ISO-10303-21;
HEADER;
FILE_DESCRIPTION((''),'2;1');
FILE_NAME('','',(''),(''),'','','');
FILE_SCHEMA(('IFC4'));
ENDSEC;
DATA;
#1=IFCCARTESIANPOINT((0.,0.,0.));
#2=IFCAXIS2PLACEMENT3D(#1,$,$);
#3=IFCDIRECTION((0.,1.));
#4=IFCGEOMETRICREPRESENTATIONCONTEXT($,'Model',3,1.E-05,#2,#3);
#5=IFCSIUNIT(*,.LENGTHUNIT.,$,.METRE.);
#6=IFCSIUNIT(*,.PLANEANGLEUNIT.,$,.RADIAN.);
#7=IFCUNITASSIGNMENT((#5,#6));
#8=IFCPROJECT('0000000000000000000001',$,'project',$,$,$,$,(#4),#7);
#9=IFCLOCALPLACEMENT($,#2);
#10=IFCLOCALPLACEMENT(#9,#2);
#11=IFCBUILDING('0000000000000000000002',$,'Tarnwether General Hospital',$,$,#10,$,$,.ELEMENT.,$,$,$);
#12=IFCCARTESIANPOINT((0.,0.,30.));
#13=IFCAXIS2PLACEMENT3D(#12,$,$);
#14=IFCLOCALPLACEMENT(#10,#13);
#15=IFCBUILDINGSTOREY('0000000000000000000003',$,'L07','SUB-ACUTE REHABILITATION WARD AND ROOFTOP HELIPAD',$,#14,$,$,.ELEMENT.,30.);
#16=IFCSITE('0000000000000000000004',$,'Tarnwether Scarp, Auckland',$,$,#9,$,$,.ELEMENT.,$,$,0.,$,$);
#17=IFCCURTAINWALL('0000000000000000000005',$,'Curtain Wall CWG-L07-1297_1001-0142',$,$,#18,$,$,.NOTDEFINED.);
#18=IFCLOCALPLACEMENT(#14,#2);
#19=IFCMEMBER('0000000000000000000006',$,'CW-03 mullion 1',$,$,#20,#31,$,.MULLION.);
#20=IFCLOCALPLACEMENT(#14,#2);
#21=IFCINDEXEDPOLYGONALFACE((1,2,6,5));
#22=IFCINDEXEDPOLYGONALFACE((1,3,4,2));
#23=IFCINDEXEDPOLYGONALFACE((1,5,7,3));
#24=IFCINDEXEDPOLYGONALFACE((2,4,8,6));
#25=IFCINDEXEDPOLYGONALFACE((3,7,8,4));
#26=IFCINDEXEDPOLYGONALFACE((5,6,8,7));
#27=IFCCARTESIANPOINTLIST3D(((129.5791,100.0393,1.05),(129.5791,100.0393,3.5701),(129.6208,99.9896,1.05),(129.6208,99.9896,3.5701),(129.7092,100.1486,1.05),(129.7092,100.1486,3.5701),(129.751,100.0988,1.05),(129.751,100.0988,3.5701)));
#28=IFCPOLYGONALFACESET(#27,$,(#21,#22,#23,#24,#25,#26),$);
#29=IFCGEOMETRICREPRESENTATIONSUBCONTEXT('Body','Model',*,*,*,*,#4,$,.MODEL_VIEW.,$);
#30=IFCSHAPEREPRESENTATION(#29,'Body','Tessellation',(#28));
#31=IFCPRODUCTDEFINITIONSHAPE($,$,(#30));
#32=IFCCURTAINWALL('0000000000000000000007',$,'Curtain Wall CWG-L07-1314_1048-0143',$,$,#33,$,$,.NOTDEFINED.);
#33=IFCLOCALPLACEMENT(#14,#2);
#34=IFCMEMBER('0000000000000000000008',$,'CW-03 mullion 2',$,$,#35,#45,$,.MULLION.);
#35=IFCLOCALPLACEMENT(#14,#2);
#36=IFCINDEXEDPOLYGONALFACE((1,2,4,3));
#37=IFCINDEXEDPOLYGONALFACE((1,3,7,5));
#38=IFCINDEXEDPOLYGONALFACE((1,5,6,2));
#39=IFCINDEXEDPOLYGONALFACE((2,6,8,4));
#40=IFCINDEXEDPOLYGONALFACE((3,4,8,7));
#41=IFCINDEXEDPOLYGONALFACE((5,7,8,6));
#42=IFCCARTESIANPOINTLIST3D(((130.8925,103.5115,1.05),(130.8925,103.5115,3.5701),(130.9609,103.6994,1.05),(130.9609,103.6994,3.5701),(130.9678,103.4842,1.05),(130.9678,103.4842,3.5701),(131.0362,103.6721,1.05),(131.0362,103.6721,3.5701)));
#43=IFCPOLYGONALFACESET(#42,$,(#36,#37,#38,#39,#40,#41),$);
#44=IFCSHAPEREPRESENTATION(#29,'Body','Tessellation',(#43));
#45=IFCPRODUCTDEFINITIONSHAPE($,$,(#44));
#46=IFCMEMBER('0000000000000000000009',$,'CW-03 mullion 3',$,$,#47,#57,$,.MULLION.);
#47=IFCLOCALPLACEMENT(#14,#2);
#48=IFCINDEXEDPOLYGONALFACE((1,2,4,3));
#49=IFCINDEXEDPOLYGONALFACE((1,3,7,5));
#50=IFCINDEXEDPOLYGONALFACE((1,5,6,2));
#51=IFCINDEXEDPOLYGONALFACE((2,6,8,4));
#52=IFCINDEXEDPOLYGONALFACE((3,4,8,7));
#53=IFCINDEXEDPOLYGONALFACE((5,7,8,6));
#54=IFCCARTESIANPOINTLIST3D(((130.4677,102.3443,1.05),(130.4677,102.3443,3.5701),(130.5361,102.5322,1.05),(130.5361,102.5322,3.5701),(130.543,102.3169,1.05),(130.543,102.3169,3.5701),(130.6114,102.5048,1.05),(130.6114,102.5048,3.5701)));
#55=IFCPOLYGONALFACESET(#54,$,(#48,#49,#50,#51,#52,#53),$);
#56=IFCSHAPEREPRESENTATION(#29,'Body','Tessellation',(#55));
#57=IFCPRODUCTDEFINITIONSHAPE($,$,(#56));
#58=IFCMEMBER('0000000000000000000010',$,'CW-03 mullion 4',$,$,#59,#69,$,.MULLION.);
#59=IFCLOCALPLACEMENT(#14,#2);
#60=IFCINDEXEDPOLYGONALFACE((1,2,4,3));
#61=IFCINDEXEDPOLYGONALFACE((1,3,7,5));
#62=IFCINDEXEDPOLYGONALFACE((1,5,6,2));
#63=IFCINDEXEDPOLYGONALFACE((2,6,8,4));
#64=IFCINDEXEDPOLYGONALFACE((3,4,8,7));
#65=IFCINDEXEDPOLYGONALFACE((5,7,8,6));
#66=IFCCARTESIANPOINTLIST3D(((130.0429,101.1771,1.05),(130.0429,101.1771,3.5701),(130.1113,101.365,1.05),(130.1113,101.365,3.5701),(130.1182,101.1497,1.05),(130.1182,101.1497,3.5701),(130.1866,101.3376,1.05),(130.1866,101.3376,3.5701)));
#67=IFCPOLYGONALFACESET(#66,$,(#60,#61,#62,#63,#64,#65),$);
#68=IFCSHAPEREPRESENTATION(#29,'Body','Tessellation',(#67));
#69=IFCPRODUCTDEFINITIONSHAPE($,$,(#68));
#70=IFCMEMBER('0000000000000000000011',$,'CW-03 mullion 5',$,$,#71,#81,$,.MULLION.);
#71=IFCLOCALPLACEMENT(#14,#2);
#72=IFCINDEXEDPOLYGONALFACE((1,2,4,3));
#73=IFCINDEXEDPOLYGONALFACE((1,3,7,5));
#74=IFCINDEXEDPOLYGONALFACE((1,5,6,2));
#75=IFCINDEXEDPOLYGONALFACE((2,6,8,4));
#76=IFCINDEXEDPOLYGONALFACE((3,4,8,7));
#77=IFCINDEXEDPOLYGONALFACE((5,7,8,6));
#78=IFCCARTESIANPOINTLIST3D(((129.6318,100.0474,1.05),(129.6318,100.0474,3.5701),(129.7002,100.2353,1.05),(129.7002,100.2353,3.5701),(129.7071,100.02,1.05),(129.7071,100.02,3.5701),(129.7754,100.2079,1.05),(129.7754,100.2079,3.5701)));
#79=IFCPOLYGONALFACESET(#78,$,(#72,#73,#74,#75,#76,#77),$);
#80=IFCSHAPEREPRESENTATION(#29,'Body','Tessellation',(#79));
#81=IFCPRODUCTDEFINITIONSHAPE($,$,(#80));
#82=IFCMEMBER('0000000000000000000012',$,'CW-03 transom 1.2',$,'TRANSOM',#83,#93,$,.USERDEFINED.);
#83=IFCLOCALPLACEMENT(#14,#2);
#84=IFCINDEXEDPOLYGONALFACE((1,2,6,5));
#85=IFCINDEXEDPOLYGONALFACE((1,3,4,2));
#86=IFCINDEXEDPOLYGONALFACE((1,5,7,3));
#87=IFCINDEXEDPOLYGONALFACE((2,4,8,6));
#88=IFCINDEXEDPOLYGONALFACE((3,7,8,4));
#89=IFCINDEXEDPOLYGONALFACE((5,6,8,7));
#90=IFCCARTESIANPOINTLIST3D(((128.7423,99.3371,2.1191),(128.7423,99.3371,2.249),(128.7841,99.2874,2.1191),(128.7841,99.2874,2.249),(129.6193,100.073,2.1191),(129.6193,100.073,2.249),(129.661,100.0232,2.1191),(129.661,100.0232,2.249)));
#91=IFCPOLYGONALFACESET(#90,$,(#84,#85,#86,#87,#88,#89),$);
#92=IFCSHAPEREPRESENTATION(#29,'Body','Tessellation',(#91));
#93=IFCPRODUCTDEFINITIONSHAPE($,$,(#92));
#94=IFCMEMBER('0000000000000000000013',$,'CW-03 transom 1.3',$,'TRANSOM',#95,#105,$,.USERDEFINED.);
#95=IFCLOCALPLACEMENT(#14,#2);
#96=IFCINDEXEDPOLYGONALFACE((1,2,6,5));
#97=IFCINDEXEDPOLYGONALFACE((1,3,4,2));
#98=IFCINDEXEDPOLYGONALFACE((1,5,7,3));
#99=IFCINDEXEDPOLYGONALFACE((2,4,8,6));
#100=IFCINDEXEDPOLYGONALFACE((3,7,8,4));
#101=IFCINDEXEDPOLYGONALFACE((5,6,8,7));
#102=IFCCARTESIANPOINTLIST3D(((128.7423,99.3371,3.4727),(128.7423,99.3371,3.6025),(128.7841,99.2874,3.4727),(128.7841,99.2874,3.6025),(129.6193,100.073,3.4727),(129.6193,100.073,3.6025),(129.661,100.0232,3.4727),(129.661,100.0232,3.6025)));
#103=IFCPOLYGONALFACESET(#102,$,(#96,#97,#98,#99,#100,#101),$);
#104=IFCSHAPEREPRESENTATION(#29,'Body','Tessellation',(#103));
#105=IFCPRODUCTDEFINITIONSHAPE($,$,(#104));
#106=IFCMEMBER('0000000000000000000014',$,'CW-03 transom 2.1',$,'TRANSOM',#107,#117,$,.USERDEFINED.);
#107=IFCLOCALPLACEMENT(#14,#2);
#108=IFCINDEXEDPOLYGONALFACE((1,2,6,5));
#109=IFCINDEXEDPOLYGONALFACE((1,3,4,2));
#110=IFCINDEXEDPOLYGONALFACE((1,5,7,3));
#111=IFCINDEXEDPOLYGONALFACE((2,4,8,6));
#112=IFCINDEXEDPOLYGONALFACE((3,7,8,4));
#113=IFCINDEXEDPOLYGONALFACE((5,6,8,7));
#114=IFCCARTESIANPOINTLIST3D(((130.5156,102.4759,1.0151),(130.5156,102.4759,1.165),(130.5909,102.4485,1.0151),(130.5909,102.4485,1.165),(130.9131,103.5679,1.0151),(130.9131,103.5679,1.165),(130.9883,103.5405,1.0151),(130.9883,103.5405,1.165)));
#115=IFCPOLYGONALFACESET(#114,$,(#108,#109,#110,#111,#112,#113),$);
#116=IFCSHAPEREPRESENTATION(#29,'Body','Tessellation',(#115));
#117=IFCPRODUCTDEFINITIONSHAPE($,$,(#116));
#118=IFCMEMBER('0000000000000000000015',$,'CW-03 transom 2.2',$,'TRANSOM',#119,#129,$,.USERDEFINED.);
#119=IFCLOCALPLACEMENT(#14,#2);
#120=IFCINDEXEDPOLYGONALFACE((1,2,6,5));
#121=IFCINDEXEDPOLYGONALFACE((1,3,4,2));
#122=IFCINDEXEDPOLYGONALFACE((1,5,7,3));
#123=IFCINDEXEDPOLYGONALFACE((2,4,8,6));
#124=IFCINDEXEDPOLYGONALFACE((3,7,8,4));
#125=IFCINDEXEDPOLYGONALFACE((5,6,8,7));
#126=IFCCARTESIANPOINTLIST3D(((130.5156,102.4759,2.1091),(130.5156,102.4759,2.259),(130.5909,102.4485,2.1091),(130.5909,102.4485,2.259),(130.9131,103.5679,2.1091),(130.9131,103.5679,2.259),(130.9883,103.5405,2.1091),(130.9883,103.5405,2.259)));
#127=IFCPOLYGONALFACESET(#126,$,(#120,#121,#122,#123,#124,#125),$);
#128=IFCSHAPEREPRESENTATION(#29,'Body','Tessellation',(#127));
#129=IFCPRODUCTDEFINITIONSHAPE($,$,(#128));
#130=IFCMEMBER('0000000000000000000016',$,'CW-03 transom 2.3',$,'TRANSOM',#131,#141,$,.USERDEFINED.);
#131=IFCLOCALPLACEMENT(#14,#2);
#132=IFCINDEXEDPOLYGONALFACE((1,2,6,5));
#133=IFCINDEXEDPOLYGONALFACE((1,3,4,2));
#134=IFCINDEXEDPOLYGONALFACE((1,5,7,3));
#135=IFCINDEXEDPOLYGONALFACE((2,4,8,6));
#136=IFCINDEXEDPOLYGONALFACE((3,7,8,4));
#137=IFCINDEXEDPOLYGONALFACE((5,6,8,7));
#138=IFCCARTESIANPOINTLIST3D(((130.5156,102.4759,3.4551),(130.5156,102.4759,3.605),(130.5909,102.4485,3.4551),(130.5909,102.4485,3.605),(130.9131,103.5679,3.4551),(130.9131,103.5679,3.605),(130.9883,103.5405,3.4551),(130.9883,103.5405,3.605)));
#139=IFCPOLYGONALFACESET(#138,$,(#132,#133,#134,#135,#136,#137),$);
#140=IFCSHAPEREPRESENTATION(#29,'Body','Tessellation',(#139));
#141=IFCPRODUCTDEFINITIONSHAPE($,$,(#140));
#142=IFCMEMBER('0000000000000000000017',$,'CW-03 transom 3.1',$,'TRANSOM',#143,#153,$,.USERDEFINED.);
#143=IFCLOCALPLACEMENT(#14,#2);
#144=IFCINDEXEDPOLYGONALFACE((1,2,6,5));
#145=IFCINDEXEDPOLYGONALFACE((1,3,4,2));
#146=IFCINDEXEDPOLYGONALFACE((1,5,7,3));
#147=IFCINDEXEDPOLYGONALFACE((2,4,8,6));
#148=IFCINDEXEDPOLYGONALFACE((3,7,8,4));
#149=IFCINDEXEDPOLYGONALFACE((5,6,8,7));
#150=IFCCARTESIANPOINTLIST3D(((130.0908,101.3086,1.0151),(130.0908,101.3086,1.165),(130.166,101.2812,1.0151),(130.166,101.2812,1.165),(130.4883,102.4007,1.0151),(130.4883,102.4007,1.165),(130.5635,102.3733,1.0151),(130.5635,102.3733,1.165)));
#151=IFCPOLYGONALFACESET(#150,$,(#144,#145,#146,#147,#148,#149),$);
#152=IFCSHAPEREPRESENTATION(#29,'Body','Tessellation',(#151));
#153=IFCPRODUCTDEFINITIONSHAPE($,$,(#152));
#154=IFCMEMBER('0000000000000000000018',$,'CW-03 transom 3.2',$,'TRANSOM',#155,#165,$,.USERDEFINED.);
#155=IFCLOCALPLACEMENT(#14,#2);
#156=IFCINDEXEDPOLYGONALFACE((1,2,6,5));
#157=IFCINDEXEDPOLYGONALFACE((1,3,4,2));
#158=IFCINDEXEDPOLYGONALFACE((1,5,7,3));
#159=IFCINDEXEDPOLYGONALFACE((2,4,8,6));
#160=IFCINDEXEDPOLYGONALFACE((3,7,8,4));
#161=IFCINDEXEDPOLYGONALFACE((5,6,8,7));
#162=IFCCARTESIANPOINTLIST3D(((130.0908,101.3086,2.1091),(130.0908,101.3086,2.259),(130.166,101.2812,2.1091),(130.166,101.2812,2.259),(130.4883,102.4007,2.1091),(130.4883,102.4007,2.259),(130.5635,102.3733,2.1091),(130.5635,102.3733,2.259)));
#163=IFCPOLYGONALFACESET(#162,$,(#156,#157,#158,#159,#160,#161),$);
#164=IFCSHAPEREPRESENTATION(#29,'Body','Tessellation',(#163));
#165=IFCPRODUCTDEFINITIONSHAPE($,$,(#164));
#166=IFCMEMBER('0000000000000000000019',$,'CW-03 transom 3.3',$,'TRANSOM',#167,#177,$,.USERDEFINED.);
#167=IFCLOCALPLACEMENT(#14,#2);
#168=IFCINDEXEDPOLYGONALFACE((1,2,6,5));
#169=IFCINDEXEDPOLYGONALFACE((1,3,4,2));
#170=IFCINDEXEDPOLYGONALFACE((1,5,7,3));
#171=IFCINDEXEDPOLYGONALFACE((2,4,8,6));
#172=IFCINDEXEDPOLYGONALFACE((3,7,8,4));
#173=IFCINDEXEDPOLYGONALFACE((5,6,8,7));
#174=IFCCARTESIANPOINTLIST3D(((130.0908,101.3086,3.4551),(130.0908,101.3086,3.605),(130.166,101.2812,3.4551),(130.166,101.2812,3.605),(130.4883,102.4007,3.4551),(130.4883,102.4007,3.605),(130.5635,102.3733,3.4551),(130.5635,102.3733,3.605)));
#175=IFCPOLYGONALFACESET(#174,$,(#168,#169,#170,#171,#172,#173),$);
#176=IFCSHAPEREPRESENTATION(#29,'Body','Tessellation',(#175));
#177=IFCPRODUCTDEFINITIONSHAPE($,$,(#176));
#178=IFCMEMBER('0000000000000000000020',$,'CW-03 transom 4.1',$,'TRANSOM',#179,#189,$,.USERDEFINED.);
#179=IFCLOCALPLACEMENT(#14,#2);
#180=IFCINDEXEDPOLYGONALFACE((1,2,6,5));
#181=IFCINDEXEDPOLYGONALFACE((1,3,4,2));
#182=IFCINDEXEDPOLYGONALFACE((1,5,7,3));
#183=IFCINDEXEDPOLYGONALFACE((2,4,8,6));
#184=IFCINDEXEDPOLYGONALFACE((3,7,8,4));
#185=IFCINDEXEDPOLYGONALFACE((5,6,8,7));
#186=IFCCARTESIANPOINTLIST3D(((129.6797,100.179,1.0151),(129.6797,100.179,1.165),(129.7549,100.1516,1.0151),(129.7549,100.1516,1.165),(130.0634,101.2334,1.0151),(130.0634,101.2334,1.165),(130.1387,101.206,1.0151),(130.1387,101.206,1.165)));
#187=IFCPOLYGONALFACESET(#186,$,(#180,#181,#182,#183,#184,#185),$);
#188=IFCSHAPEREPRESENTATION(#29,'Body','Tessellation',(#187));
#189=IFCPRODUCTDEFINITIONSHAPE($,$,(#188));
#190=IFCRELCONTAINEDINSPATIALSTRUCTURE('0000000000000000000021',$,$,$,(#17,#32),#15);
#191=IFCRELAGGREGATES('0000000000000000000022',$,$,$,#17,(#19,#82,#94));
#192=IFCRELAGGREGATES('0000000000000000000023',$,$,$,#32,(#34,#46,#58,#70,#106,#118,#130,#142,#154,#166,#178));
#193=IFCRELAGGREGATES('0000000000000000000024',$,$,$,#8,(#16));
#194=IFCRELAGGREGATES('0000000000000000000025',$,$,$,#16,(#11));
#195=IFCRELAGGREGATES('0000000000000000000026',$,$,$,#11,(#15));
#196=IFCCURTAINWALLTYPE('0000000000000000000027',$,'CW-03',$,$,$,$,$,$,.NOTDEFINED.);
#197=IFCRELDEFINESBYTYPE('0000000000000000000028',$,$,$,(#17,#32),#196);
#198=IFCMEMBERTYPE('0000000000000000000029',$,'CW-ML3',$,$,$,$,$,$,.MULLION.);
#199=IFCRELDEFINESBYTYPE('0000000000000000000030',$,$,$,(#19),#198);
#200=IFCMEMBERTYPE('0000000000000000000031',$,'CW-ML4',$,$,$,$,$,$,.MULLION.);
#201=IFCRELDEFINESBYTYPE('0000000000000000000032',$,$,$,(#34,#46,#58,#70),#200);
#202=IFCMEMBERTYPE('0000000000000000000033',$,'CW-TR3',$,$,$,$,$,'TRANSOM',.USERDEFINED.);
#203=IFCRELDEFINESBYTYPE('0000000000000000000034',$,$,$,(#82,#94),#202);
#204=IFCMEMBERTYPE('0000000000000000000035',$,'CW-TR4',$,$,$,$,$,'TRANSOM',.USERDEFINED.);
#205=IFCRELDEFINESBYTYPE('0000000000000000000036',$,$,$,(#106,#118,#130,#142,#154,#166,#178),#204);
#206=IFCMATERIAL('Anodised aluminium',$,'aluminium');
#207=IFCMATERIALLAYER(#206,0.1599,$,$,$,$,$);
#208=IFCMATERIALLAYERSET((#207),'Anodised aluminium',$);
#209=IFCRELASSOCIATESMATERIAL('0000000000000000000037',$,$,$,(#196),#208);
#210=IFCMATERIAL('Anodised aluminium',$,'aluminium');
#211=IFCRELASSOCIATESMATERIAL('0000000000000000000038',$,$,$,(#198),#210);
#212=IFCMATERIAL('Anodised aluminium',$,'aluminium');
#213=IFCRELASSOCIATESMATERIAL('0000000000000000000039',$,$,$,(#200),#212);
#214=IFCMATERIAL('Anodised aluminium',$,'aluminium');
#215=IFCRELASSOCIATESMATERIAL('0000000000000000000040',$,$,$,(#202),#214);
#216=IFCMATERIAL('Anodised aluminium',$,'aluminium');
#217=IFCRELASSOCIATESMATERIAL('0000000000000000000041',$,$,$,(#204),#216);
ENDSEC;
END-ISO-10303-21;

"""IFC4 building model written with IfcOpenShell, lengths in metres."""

from ifc_helpers import new_model, si_unit, direction, frame, origin, origin_2d, place, context, subcontext, project, spatial, rectangle, extrude, material, layer, layer_set, material_profile, profile_set, type_object, element, aggregate, save


model = new_model("IFC4")

# Units and contexts
model_context = context("Model", 3, precision=1e-05, world=origin(), true_north=direction((0.0, 1.0)))
body_context = subcontext(model_context, "Body", "Model", "MODEL_VIEW")
ifc_project = project(units=[si_unit("LENGTHUNIT", "METRE"), si_unit("PLANEANGLEUNIT", "RADIAN")], contexts=[model_context])

# Site, building, storey
site_placement = place(None, origin())
site = spatial("IfcSite", under=ifc_project, at=site_placement, Name="Tarnwether Scarp, Auckland", CompositionType="ELEMENT", RefElevation=0.0)
building_placement = place(site_placement, origin())
building = spatial("IfcBuilding", under=site, at=building_placement, Name="Tarnwether General Hospital", CompositionType="ELEMENT")
storey_placement = place(building_placement, frame((0.0, 0.0, 30.0)))
storey = spatial("IfcBuildingStorey", under=building, at=storey_placement, Name="L07", Description="SUB-ACUTE REHABILITATION WARD AND ROOFTOP HELIPAD", CompositionType="ELEMENT", Elevation=30.0)

# Curtain wall, member
ifc_material_1 = material(Name="Anodised aluminium", Category="aluminium")
ifc_layer_1 = layer(ifc_material_1, 0.1599)
ifc_layer_set_1 = layer_set([ifc_layer_1], Name="Anodised aluminium")
curtain_wall_type = type_object("IfcCurtainWallType", Name="CW-03", PredefinedType="NOTDEFINED", material=ifc_layer_set_1)
curtain_wall_1_placement = place(storey_placement, origin())
curtain_wall_1 = element("IfcCurtainWall", 1, at=curtain_wall_1_placement, inside=storey, type_object=curtain_wall_type, Name="Curtain Wall CWG-L07-1297_1001-0142", PredefinedType="NOTDEFINED")
ifc_material_2 = material(Name="Anodised aluminium", Category="aluminium")
ifc_material_profile_1 = material_profile(ifc_material_2, rectangle(XDim=0.0649, YDim=0.1699, at=origin_2d()), Name="ALU-MUL-65x170")
ifc_profile_set_1 = profile_set([ifc_material_profile_1], Name="Anodised aluminium")
member_type_1 = type_object("IfcMemberType", Name="CW-ML3", PredefinedType="MULLION", material=ifc_profile_set_1)
member_1_placement = place(storey_placement, frame((129.665, 100.0691, 1.05), z_axis=(0.0, 0.0, 1.0), x_axis=(0.642852, -0.76599, 0.0)))
member_1 = element("IfcMember", 2, at=member_1_placement, type_object=member_type_1, Name="CW-03 mullion 1", PredefinedType="MULLION", context=body_context, shape_type="SweptSolid", body=[
    extrude(rectangle(XDim=0.0649, YDim=0.1699, at=origin_2d()), origin(), (0.0, 0.0, 1.0), 2.52),
])

# Curtain wall, members
curtain_wall_2_placement = place(storey_placement, origin())
curtain_wall_2 = element("IfcCurtainWall", 3, at=curtain_wall_2_placement, inside=storey, type_object=curtain_wall_type, Name="Curtain Wall CWG-L07-1314_1048-0143", PredefinedType="NOTDEFINED")
ifc_material_3 = material(Name="Anodised aluminium", Category="aluminium")
ifc_material_profile_2 = material_profile(ifc_material_3, rectangle(XDim=0.0801, YDim=0.2, at=origin_2d()), Name="ALU-MUL-80x200")
ifc_profile_set_2 = profile_set([ifc_material_profile_2], Name="Anodised aluminium")
member_type_2 = type_object("IfcMemberType", Name="CW-ML4", PredefinedType="MULLION", material=ifc_profile_set_2)
member_2_placement = place(storey_placement, frame((130.9644, 103.5918, 1.05), z_axis=(0.0, 0.0, 1.0), x_axis=(0.939717, -0.341953, 0.0)))
member_2 = element("IfcMember", 4, at=member_2_placement, type_object=member_type_2, Name="CW-03 mullion 2", PredefinedType="MULLION", context=body_context, shape_type="SweptSolid", body=[
    extrude(rectangle(XDim=0.0801, YDim=0.2, at=origin_2d()), origin(), (0.0, 0.0, 1.0), 2.52),
])
member_3_placement = place(storey_placement, frame((130.5396, 102.4246, 1.05), z_axis=(0.0, 0.0, 1.0), x_axis=(0.939717, -0.341953, 0.0)))
member_3 = element("IfcMember", 5, at=member_3_placement, type_object=member_type_2, Name="CW-03 mullion 3", PredefinedType="MULLION", context=body_context, shape_type="SweptSolid", body=[
    extrude(rectangle(XDim=0.0801, YDim=0.2, at=origin_2d()), origin(), (0.0, 0.0, 1.0), 2.52),
])
member_4_placement = place(storey_placement, frame((130.1147, 101.2573, 1.05), z_axis=(0.0, 0.0, 1.0), x_axis=(0.939717, -0.341953, 0.0)))
member_4 = element("IfcMember", 6, at=member_4_placement, type_object=member_type_2, Name="CW-03 mullion 4", PredefinedType="MULLION", context=body_context, shape_type="SweptSolid", body=[
    extrude(rectangle(XDim=0.0801, YDim=0.2, at=origin_2d()), origin(), (0.0, 0.0, 1.0), 2.52),
])
member_5_placement = place(storey_placement, frame((129.7036, 100.1277, 1.05), z_axis=(0.0, 0.0, 1.0), x_axis=(0.939717, -0.341953, 0.0)))
member_5 = element("IfcMember", 7, at=member_5_placement, type_object=member_type_2, Name="CW-03 mullion 5", PredefinedType="MULLION", context=body_context, shape_type="SweptSolid", body=[
    extrude(rectangle(XDim=0.0801, YDim=0.2, at=origin_2d()), origin(), (0.0, 0.0, 1.0), 2.52),
])

# Members
ifc_material_4 = material(Name="Anodised aluminium", Category="aluminium")
ifc_material_profile_3 = material_profile(ifc_material_4, rectangle(XDim=0.0649, YDim=0.1299, at=origin_2d()), Name="ALU-TRN-65x130")
ifc_profile_set_3 = profile_set([ifc_material_profile_3], Name="Anodised aluminium")
member_type_3 = type_object("IfcMemberType", Name="CW-TR3", ElementType="TRANSOM", PredefinedType="USERDEFINED", material=ifc_profile_set_3)
member_6_placement = place(storey_placement, frame((129.6401, 100.0481, 2.1841), z_axis=(-0.766049, -0.642782, 0.0), x_axis=(0.642782, -0.766049, 0.0)))
member_6 = element("IfcMember", 8, at=member_6_placement, type_object=member_type_3, Name="CW-03 transom 1.2", ObjectType="TRANSOM", PredefinedType="USERDEFINED", context=body_context, shape_type="SweptSolid", body=[
    extrude(rectangle(XDim=0.0649, YDim=0.1299, at=origin_2d()), origin(), (0.0, 0.0, 1.0), 1.1448),
])
member_7_placement = place(storey_placement, frame((129.6401, 100.0481, 3.5376), z_axis=(-0.766049, -0.642782, 0.0), x_axis=(0.642782, -0.766049, 0.0)))
member_7 = element("IfcMember", 9, at=member_7_placement, type_object=member_type_3, Name="CW-03 transom 1.3", ObjectType="TRANSOM", PredefinedType="USERDEFINED", context=body_context, shape_type="SweptSolid", body=[
    extrude(rectangle(XDim=0.0649, YDim=0.1299, at=origin_2d()), origin(), (0.0, 0.0, 1.0), 1.1448),
])
aggregate(curtain_wall_1, [member_1, member_6, member_7])
ifc_material_5 = material(Name="Anodised aluminium", Category="aluminium")
ifc_material_profile_4 = material_profile(ifc_material_5, rectangle(XDim=0.0801, YDim=0.1499, at=origin_2d()), Name="ALU-TRN-80x150")
ifc_profile_set_4 = profile_set([ifc_material_profile_4], Name="Anodised aluminium")
member_type_4 = type_object("IfcMemberType", Name="CW-TR4", ElementType="TRANSOM", PredefinedType="USERDEFINED", material=ifc_profile_set_4)
member_8_placement = place(storey_placement, frame((130.9507, 103.5542, 1.0901), z_axis=(-0.342013, -0.939695, 0.0), x_axis=(0.939695, -0.342013, 0.0)))
member_8 = element("IfcMember", 10, at=member_8_placement, type_object=member_type_4, Name="CW-03 transom 2.1", ObjectType="TRANSOM", PredefinedType="USERDEFINED", context=body_context, shape_type="SweptSolid", body=[
    extrude(rectangle(XDim=0.0801, YDim=0.1499, at=origin_2d()), origin(), (0.0, 0.0, 1.0), 1.1621),
])
member_9_placement = place(storey_placement, frame((130.9507, 103.5542, 2.1841), z_axis=(-0.342013, -0.939695, 0.0), x_axis=(0.939695, -0.342013, 0.0)))
member_9 = element("IfcMember", 11, at=member_9_placement, type_object=member_type_4, Name="CW-03 transom 2.2", ObjectType="TRANSOM", PredefinedType="USERDEFINED", context=body_context, shape_type="SweptSolid", body=[
    extrude(rectangle(XDim=0.0801, YDim=0.1499, at=origin_2d()), origin(), (0.0, 0.0, 1.0), 1.1621),
])
member_10_placement = place(storey_placement, frame((130.9507, 103.5542, 3.53), z_axis=(-0.342013, -0.939695, 0.0), x_axis=(0.939695, -0.342013, 0.0)))
member_10 = element("IfcMember", 12, at=member_10_placement, type_object=member_type_4, Name="CW-03 transom 2.3", ObjectType="TRANSOM", PredefinedType="USERDEFINED", context=body_context, shape_type="SweptSolid", body=[
    extrude(rectangle(XDim=0.0801, YDim=0.1499, at=origin_2d()), origin(), (0.0, 0.0, 1.0), 1.1621),
])
member_11_placement = place(storey_placement, frame((130.5259, 102.387, 1.0901), z_axis=(-0.342013, -0.939695, 0.0), x_axis=(0.939695, -0.342013, 0.0)))
member_11 = element("IfcMember", 13, at=member_11_placement, type_object=member_type_4, Name="CW-03 transom 3.1", ObjectType="TRANSOM", PredefinedType="USERDEFINED", context=body_context, shape_type="SweptSolid", body=[
    extrude(rectangle(XDim=0.0801, YDim=0.1499, at=origin_2d()), origin(), (0.0, 0.0, 1.0), 1.1621),
])
member_12_placement = place(storey_placement, frame((130.5259, 102.387, 2.1841), z_axis=(-0.342013, -0.939695, 0.0), x_axis=(0.939695, -0.342013, 0.0)))
member_12 = element("IfcMember", 14, at=member_12_placement, type_object=member_type_4, Name="CW-03 transom 3.2", ObjectType="TRANSOM", PredefinedType="USERDEFINED", context=body_context, shape_type="SweptSolid", body=[
    extrude(rectangle(XDim=0.0801, YDim=0.1499, at=origin_2d()), origin(), (0.0, 0.0, 1.0), 1.1621),
])
member_13_placement = place(storey_placement, frame((130.5259, 102.387, 3.53), z_axis=(-0.342013, -0.939695, 0.0), x_axis=(0.939695, -0.342013, 0.0)))
member_13 = element("IfcMember", 15, at=member_13_placement, type_object=member_type_4, Name="CW-03 transom 3.3", ObjectType="TRANSOM", PredefinedType="USERDEFINED", context=body_context, shape_type="SweptSolid", body=[
    extrude(rectangle(XDim=0.0801, YDim=0.1499, at=origin_2d()), origin(), (0.0, 0.0, 1.0), 1.1621),
])
member_14_placement = place(storey_placement, frame((130.1011, 101.2197, 1.0901), z_axis=(-0.342023, -0.939692, 0.0), x_axis=(0.939692, -0.342023, 0.0)))
member_14 = element("IfcMember", 16, at=member_14_placement, type_object=member_type_4, Name="CW-03 transom 4.1", ObjectType="TRANSOM", PredefinedType="USERDEFINED", context=body_context, shape_type="SweptSolid", body=[
    extrude(rectangle(XDim=0.0801, YDim=0.1499, at=origin_2d()), origin(), (0.0, 0.0, 1.0), 1.1221),
])

aggregate(curtain_wall_2, [member_2, member_3, member_4, member_5, member_8, member_9, member_10, member_11, member_12, member_13, member_14])

save(model, "model.ifc")
